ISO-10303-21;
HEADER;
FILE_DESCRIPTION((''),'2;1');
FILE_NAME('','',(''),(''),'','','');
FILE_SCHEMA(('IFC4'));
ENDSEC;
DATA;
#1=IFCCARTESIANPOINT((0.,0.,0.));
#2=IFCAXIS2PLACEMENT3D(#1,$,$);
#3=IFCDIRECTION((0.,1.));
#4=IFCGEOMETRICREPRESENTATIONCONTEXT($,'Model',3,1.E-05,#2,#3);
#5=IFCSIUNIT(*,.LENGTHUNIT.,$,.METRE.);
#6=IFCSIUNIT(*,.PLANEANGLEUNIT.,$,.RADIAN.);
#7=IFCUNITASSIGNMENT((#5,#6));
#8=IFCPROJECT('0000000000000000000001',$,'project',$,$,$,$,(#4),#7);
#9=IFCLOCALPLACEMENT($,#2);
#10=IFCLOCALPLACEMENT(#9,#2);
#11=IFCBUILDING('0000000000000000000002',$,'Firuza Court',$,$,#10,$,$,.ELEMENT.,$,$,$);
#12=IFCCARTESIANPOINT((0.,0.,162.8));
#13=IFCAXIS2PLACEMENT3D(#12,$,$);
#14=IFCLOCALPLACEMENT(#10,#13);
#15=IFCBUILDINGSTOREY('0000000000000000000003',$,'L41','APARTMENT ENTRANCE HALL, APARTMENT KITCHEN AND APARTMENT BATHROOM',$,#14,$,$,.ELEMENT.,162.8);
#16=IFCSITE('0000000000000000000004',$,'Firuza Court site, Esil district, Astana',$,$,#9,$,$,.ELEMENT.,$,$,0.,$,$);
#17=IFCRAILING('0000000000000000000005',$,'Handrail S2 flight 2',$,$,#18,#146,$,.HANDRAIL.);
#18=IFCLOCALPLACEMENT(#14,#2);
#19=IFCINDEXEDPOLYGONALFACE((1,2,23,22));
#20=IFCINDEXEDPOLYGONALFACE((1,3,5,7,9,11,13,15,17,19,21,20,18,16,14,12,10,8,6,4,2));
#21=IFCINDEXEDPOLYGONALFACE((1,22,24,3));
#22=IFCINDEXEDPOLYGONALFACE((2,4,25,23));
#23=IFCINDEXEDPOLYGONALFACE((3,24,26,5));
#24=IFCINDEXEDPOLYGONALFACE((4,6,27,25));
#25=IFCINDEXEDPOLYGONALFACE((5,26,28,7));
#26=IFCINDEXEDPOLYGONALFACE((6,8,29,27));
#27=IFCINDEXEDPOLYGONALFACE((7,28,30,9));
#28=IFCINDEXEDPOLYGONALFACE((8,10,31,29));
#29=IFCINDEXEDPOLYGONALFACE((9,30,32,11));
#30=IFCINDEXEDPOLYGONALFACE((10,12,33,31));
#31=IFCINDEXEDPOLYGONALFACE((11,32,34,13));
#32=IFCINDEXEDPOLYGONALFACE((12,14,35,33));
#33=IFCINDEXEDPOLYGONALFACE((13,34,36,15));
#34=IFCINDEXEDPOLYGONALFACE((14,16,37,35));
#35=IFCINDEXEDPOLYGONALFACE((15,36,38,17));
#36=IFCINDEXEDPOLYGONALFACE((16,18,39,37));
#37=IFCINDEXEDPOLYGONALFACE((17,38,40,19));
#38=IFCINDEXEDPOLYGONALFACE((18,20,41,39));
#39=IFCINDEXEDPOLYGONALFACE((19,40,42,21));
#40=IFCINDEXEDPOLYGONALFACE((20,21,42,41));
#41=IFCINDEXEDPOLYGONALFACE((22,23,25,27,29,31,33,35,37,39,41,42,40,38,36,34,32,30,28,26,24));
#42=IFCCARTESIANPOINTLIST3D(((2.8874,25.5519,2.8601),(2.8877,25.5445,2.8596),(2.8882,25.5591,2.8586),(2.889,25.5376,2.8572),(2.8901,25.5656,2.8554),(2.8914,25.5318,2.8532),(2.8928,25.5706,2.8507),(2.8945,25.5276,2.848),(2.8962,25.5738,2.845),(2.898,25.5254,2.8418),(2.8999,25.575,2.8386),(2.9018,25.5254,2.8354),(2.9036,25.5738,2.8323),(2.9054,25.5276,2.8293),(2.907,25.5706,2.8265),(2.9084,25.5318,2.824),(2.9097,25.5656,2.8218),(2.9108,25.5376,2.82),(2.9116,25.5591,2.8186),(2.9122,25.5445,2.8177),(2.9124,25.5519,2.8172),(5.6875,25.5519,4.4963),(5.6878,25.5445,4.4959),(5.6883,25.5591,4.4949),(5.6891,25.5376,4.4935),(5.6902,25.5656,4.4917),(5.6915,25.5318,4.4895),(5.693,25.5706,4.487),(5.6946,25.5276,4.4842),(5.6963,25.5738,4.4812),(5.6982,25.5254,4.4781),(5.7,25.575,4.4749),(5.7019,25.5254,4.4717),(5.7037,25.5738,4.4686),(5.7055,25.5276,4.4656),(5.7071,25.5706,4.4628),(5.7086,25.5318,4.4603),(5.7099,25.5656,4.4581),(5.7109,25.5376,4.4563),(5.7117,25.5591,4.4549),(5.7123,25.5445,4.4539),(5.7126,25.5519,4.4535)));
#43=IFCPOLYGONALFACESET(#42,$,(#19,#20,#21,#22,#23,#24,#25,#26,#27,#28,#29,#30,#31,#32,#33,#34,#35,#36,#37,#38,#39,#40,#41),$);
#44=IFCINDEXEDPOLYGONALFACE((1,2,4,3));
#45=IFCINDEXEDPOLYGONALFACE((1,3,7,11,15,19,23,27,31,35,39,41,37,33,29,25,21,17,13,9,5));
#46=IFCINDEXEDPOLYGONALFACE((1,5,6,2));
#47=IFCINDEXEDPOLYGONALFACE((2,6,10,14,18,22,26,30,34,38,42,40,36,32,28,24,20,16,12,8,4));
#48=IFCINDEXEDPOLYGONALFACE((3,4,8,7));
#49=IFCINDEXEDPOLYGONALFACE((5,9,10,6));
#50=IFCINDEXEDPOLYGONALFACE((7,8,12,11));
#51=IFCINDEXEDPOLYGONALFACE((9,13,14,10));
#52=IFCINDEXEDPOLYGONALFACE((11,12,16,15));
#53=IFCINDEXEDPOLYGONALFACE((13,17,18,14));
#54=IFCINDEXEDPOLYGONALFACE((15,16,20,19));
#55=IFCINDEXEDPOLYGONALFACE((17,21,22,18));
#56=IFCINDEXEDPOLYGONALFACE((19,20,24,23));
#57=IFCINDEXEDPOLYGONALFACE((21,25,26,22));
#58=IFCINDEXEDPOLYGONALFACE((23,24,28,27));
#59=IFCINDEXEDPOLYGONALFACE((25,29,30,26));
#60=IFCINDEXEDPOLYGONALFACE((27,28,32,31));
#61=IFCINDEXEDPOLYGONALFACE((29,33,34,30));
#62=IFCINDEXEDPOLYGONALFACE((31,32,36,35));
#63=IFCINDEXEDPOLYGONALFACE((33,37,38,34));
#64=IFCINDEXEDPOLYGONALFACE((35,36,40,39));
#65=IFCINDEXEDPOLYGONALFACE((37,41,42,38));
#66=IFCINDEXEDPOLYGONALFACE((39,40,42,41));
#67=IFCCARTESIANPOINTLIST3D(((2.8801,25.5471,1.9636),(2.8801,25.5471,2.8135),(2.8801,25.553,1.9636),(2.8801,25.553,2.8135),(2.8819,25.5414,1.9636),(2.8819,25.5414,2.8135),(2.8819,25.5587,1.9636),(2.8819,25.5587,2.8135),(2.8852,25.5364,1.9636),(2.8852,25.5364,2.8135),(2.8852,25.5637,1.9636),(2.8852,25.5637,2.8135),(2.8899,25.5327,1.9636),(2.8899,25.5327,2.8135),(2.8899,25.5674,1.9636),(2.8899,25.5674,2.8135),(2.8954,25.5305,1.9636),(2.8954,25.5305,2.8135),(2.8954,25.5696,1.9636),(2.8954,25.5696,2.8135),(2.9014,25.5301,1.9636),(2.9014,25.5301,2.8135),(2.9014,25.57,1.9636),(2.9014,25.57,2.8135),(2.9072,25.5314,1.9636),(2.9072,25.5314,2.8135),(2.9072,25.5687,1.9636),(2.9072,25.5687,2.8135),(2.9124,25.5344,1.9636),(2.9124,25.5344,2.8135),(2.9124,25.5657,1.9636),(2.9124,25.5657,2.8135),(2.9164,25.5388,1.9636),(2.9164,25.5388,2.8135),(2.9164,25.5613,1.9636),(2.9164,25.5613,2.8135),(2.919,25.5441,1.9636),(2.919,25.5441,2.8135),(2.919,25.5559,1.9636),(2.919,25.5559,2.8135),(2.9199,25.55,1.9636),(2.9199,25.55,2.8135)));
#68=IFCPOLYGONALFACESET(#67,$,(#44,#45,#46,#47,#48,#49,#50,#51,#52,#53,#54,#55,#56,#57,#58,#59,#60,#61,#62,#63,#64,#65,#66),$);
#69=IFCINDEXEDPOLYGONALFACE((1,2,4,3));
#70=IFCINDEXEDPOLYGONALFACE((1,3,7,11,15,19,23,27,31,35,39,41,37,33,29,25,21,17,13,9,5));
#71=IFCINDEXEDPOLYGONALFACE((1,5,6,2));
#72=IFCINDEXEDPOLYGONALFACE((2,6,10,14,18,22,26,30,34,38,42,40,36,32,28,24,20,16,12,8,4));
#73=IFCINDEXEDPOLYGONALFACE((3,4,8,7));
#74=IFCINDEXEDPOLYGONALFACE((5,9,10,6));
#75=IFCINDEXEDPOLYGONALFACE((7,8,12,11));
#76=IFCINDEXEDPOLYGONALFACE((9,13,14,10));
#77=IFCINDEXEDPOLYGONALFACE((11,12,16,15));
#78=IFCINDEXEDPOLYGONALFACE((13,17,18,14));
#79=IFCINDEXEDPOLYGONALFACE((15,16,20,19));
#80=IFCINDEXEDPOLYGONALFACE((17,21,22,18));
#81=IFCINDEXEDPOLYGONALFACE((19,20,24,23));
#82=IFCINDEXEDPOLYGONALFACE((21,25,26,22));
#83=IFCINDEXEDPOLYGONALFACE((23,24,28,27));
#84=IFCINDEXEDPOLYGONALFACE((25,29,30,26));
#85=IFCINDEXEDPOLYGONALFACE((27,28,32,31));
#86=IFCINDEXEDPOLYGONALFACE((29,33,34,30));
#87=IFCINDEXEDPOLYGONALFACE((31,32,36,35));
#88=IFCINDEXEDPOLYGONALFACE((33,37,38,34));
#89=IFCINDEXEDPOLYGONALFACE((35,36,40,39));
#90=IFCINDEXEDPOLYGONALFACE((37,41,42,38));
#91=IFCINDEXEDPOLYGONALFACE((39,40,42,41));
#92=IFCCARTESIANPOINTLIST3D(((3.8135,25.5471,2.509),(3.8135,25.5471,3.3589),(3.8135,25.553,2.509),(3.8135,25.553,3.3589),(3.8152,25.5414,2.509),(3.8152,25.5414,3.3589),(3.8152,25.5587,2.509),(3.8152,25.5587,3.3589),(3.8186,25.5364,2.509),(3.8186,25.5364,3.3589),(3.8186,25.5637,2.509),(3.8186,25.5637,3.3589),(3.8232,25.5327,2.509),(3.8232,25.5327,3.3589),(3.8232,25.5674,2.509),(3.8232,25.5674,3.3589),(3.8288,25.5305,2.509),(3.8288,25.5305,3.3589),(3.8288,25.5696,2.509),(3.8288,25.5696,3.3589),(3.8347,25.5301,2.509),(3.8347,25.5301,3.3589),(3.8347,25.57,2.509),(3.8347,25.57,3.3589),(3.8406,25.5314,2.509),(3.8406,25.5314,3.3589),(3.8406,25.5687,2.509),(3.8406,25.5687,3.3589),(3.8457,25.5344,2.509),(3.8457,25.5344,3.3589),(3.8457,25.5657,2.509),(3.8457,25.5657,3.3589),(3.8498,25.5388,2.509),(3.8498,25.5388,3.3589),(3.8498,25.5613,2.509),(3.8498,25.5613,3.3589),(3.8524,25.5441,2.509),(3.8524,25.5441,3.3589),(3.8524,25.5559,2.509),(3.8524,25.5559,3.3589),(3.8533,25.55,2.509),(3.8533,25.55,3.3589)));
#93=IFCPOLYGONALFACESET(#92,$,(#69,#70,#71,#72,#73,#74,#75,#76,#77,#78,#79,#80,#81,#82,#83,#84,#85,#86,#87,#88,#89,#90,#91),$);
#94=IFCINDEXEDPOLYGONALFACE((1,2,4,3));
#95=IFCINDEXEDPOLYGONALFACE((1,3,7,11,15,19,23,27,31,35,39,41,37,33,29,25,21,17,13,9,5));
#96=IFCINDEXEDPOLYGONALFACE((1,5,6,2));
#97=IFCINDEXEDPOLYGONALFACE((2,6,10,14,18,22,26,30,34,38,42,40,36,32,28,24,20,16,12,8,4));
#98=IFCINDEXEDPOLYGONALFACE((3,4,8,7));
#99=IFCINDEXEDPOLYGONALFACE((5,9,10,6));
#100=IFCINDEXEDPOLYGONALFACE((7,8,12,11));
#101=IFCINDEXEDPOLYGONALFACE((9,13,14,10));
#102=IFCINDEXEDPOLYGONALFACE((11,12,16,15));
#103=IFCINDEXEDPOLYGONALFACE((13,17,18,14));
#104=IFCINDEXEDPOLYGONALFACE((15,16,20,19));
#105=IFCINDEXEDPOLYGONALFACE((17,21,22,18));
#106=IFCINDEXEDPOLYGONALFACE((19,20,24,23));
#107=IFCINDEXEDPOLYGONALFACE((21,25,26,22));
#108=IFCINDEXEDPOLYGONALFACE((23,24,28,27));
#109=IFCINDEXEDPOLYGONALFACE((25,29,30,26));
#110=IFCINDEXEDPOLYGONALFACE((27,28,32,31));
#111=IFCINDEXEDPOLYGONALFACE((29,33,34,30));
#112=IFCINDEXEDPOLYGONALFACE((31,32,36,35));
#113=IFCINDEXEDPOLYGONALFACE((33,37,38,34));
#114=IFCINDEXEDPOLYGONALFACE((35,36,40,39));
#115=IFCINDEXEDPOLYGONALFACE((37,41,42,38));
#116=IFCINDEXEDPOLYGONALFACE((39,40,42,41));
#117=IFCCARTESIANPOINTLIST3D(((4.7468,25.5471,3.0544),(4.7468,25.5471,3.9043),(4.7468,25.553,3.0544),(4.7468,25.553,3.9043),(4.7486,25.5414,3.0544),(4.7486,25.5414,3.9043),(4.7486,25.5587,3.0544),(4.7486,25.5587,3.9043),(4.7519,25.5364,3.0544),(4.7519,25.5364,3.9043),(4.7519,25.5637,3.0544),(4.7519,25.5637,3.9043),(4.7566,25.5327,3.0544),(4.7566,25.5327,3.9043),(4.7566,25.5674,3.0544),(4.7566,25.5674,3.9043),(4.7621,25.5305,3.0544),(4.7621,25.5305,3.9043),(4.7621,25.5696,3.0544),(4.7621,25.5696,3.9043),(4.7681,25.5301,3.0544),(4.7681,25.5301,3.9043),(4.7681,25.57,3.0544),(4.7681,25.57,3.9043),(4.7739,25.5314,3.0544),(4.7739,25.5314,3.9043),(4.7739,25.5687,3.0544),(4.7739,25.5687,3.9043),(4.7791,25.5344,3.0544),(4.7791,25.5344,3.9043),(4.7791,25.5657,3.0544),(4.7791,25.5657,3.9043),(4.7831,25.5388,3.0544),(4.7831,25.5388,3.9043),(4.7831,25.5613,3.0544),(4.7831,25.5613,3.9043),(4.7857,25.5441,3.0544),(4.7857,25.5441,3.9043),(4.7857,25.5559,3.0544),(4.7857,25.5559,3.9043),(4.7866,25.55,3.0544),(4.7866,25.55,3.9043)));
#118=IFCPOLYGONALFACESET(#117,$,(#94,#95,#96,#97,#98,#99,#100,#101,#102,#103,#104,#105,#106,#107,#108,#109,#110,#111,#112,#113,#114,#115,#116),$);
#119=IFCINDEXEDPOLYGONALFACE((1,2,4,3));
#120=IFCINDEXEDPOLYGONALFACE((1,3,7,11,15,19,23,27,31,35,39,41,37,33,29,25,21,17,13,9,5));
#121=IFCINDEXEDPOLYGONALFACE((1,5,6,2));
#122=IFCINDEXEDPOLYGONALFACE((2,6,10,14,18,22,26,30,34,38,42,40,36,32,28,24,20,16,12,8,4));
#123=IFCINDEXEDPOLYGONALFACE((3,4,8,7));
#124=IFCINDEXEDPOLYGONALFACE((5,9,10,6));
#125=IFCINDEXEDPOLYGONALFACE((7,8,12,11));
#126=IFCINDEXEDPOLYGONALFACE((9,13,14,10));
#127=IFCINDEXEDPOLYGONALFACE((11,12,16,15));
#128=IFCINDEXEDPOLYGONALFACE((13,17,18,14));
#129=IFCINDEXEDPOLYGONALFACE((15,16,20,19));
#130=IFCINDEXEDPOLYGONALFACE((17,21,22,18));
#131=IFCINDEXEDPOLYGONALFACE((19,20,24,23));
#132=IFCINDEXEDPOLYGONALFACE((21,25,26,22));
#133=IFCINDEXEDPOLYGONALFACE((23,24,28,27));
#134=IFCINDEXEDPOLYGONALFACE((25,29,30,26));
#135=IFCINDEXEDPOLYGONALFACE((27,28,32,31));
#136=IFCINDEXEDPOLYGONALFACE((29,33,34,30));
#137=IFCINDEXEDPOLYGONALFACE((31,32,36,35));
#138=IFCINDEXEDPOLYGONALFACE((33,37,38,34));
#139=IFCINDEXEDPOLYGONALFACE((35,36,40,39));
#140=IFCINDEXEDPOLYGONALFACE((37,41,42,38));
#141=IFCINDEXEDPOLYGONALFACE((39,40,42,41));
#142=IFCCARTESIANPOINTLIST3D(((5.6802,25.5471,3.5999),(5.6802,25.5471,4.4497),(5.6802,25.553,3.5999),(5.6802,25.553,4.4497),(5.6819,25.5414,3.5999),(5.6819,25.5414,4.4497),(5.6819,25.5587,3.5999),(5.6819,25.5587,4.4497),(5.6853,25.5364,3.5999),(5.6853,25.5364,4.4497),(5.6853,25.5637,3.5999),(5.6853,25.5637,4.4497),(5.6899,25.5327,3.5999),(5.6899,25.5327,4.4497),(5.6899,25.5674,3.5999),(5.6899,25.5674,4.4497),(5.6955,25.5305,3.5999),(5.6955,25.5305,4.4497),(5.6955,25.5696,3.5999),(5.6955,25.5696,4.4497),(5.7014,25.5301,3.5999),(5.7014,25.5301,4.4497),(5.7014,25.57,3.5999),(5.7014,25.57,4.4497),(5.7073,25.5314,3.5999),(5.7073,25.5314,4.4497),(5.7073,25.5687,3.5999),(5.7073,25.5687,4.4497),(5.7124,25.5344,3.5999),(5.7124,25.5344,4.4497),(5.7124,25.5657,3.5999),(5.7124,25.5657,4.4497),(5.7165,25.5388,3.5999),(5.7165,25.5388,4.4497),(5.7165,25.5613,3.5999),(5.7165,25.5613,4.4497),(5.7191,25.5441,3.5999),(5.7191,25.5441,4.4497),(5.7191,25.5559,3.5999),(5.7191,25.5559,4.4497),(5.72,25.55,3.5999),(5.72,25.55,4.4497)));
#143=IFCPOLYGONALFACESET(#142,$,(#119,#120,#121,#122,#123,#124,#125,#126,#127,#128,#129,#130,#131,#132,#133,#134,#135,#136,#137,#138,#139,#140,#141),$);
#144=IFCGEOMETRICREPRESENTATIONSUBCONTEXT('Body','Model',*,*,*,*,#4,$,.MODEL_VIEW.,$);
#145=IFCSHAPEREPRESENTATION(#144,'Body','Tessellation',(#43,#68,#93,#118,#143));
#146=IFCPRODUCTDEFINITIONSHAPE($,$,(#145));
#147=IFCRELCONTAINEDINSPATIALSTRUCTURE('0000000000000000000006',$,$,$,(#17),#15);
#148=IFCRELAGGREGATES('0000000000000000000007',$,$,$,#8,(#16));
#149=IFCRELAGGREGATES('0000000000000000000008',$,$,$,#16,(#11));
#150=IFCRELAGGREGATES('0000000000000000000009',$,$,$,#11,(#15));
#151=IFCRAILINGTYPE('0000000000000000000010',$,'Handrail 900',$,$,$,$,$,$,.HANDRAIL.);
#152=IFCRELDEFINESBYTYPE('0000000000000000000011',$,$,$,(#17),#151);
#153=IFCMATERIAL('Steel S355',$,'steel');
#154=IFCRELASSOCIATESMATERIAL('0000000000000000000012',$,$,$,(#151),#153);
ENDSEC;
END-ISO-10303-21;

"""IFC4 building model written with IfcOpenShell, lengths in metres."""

from ifc_helpers import new_model, si_unit, direction, frame, origin, origin_2d, place, context, subcontext, project, spatial, circle, extrude, material, type_object, element, save


model = new_model("IFC4")

# Units and contexts
model_context = context("Model", 3, precision=1e-05, world=origin(), true_north=direction((0.0, 1.0)))
body_context = subcontext(model_context, "Body", "Model", "MODEL_VIEW")
ifc_project = project(units=[si_unit("LENGTHUNIT", "METRE"), si_unit("PLANEANGLEUNIT", "RADIAN")], contexts=[model_context])

# Site, building, storey
site_placement = place(None, origin())
site = spatial("IfcSite", under=ifc_project, at=site_placement, Name="Firuza Court site, Esil district, Astana", CompositionType="ELEMENT", RefElevation=0.0)
building_placement = place(site_placement, origin())
building = spatial("IfcBuilding", under=site, at=building_placement, Name="Firuza Court", CompositionType="ELEMENT")
storey_placement = place(building_placement, frame((0.0, 0.0, 162.8)))
storey = spatial("IfcBuildingStorey", under=building, at=storey_placement, Name="L41", Description="APARTMENT ENTRANCE HALL, APARTMENT KITCHEN AND APARTMENT BATHROOM", CompositionType="ELEMENT", Elevation=162.8)

# Railing
ifc_material_1 = material(Name="Steel S355", Category="steel")
railing_type = type_object("IfcRailingType", Name="Handrail 900", PredefinedType="HANDRAIL", material=ifc_material_1)
railing_placement = place(storey_placement, frame((2.8999, 25.55, 1.9636)))
element("IfcRailing", 1, at=railing_placement, inside=storey, type_object=railing_type, Name="Handrail S2 flight 2", PredefinedType="HANDRAIL", context=body_context, shape_type="SweptSolid", body=[
    extrude(circle(Radius=0.0249, at=origin_2d()), frame((0.0, 0.0, 0.875), z_axis=(0.863394, 0.0, 0.504531), x_axis=(0.0, 1.0, 0.0)), (0.0, 0.0, 1.0), 3.2432),
    extrude(circle(Radius=0.02, at=origin_2d()), origin(), (0.0, 0.0, 1.0), 0.8499),
    extrude(circle(Radius=0.02, at=origin_2d()), frame((0.9333, 0.0, 0.5454)), (0.0, 0.0, 1.0), 0.8499),
    extrude(circle(Radius=0.02, at=origin_2d()), frame((1.8667, 0.0, 1.0908)), (0.0, 0.0, 1.0), 0.8499),
    extrude(circle(Radius=0.02, at=origin_2d()), frame((2.8, 0.0, 1.6362)), (0.0, 0.0, 1.0), 0.8499),
])

save(model, "model.ifc")
